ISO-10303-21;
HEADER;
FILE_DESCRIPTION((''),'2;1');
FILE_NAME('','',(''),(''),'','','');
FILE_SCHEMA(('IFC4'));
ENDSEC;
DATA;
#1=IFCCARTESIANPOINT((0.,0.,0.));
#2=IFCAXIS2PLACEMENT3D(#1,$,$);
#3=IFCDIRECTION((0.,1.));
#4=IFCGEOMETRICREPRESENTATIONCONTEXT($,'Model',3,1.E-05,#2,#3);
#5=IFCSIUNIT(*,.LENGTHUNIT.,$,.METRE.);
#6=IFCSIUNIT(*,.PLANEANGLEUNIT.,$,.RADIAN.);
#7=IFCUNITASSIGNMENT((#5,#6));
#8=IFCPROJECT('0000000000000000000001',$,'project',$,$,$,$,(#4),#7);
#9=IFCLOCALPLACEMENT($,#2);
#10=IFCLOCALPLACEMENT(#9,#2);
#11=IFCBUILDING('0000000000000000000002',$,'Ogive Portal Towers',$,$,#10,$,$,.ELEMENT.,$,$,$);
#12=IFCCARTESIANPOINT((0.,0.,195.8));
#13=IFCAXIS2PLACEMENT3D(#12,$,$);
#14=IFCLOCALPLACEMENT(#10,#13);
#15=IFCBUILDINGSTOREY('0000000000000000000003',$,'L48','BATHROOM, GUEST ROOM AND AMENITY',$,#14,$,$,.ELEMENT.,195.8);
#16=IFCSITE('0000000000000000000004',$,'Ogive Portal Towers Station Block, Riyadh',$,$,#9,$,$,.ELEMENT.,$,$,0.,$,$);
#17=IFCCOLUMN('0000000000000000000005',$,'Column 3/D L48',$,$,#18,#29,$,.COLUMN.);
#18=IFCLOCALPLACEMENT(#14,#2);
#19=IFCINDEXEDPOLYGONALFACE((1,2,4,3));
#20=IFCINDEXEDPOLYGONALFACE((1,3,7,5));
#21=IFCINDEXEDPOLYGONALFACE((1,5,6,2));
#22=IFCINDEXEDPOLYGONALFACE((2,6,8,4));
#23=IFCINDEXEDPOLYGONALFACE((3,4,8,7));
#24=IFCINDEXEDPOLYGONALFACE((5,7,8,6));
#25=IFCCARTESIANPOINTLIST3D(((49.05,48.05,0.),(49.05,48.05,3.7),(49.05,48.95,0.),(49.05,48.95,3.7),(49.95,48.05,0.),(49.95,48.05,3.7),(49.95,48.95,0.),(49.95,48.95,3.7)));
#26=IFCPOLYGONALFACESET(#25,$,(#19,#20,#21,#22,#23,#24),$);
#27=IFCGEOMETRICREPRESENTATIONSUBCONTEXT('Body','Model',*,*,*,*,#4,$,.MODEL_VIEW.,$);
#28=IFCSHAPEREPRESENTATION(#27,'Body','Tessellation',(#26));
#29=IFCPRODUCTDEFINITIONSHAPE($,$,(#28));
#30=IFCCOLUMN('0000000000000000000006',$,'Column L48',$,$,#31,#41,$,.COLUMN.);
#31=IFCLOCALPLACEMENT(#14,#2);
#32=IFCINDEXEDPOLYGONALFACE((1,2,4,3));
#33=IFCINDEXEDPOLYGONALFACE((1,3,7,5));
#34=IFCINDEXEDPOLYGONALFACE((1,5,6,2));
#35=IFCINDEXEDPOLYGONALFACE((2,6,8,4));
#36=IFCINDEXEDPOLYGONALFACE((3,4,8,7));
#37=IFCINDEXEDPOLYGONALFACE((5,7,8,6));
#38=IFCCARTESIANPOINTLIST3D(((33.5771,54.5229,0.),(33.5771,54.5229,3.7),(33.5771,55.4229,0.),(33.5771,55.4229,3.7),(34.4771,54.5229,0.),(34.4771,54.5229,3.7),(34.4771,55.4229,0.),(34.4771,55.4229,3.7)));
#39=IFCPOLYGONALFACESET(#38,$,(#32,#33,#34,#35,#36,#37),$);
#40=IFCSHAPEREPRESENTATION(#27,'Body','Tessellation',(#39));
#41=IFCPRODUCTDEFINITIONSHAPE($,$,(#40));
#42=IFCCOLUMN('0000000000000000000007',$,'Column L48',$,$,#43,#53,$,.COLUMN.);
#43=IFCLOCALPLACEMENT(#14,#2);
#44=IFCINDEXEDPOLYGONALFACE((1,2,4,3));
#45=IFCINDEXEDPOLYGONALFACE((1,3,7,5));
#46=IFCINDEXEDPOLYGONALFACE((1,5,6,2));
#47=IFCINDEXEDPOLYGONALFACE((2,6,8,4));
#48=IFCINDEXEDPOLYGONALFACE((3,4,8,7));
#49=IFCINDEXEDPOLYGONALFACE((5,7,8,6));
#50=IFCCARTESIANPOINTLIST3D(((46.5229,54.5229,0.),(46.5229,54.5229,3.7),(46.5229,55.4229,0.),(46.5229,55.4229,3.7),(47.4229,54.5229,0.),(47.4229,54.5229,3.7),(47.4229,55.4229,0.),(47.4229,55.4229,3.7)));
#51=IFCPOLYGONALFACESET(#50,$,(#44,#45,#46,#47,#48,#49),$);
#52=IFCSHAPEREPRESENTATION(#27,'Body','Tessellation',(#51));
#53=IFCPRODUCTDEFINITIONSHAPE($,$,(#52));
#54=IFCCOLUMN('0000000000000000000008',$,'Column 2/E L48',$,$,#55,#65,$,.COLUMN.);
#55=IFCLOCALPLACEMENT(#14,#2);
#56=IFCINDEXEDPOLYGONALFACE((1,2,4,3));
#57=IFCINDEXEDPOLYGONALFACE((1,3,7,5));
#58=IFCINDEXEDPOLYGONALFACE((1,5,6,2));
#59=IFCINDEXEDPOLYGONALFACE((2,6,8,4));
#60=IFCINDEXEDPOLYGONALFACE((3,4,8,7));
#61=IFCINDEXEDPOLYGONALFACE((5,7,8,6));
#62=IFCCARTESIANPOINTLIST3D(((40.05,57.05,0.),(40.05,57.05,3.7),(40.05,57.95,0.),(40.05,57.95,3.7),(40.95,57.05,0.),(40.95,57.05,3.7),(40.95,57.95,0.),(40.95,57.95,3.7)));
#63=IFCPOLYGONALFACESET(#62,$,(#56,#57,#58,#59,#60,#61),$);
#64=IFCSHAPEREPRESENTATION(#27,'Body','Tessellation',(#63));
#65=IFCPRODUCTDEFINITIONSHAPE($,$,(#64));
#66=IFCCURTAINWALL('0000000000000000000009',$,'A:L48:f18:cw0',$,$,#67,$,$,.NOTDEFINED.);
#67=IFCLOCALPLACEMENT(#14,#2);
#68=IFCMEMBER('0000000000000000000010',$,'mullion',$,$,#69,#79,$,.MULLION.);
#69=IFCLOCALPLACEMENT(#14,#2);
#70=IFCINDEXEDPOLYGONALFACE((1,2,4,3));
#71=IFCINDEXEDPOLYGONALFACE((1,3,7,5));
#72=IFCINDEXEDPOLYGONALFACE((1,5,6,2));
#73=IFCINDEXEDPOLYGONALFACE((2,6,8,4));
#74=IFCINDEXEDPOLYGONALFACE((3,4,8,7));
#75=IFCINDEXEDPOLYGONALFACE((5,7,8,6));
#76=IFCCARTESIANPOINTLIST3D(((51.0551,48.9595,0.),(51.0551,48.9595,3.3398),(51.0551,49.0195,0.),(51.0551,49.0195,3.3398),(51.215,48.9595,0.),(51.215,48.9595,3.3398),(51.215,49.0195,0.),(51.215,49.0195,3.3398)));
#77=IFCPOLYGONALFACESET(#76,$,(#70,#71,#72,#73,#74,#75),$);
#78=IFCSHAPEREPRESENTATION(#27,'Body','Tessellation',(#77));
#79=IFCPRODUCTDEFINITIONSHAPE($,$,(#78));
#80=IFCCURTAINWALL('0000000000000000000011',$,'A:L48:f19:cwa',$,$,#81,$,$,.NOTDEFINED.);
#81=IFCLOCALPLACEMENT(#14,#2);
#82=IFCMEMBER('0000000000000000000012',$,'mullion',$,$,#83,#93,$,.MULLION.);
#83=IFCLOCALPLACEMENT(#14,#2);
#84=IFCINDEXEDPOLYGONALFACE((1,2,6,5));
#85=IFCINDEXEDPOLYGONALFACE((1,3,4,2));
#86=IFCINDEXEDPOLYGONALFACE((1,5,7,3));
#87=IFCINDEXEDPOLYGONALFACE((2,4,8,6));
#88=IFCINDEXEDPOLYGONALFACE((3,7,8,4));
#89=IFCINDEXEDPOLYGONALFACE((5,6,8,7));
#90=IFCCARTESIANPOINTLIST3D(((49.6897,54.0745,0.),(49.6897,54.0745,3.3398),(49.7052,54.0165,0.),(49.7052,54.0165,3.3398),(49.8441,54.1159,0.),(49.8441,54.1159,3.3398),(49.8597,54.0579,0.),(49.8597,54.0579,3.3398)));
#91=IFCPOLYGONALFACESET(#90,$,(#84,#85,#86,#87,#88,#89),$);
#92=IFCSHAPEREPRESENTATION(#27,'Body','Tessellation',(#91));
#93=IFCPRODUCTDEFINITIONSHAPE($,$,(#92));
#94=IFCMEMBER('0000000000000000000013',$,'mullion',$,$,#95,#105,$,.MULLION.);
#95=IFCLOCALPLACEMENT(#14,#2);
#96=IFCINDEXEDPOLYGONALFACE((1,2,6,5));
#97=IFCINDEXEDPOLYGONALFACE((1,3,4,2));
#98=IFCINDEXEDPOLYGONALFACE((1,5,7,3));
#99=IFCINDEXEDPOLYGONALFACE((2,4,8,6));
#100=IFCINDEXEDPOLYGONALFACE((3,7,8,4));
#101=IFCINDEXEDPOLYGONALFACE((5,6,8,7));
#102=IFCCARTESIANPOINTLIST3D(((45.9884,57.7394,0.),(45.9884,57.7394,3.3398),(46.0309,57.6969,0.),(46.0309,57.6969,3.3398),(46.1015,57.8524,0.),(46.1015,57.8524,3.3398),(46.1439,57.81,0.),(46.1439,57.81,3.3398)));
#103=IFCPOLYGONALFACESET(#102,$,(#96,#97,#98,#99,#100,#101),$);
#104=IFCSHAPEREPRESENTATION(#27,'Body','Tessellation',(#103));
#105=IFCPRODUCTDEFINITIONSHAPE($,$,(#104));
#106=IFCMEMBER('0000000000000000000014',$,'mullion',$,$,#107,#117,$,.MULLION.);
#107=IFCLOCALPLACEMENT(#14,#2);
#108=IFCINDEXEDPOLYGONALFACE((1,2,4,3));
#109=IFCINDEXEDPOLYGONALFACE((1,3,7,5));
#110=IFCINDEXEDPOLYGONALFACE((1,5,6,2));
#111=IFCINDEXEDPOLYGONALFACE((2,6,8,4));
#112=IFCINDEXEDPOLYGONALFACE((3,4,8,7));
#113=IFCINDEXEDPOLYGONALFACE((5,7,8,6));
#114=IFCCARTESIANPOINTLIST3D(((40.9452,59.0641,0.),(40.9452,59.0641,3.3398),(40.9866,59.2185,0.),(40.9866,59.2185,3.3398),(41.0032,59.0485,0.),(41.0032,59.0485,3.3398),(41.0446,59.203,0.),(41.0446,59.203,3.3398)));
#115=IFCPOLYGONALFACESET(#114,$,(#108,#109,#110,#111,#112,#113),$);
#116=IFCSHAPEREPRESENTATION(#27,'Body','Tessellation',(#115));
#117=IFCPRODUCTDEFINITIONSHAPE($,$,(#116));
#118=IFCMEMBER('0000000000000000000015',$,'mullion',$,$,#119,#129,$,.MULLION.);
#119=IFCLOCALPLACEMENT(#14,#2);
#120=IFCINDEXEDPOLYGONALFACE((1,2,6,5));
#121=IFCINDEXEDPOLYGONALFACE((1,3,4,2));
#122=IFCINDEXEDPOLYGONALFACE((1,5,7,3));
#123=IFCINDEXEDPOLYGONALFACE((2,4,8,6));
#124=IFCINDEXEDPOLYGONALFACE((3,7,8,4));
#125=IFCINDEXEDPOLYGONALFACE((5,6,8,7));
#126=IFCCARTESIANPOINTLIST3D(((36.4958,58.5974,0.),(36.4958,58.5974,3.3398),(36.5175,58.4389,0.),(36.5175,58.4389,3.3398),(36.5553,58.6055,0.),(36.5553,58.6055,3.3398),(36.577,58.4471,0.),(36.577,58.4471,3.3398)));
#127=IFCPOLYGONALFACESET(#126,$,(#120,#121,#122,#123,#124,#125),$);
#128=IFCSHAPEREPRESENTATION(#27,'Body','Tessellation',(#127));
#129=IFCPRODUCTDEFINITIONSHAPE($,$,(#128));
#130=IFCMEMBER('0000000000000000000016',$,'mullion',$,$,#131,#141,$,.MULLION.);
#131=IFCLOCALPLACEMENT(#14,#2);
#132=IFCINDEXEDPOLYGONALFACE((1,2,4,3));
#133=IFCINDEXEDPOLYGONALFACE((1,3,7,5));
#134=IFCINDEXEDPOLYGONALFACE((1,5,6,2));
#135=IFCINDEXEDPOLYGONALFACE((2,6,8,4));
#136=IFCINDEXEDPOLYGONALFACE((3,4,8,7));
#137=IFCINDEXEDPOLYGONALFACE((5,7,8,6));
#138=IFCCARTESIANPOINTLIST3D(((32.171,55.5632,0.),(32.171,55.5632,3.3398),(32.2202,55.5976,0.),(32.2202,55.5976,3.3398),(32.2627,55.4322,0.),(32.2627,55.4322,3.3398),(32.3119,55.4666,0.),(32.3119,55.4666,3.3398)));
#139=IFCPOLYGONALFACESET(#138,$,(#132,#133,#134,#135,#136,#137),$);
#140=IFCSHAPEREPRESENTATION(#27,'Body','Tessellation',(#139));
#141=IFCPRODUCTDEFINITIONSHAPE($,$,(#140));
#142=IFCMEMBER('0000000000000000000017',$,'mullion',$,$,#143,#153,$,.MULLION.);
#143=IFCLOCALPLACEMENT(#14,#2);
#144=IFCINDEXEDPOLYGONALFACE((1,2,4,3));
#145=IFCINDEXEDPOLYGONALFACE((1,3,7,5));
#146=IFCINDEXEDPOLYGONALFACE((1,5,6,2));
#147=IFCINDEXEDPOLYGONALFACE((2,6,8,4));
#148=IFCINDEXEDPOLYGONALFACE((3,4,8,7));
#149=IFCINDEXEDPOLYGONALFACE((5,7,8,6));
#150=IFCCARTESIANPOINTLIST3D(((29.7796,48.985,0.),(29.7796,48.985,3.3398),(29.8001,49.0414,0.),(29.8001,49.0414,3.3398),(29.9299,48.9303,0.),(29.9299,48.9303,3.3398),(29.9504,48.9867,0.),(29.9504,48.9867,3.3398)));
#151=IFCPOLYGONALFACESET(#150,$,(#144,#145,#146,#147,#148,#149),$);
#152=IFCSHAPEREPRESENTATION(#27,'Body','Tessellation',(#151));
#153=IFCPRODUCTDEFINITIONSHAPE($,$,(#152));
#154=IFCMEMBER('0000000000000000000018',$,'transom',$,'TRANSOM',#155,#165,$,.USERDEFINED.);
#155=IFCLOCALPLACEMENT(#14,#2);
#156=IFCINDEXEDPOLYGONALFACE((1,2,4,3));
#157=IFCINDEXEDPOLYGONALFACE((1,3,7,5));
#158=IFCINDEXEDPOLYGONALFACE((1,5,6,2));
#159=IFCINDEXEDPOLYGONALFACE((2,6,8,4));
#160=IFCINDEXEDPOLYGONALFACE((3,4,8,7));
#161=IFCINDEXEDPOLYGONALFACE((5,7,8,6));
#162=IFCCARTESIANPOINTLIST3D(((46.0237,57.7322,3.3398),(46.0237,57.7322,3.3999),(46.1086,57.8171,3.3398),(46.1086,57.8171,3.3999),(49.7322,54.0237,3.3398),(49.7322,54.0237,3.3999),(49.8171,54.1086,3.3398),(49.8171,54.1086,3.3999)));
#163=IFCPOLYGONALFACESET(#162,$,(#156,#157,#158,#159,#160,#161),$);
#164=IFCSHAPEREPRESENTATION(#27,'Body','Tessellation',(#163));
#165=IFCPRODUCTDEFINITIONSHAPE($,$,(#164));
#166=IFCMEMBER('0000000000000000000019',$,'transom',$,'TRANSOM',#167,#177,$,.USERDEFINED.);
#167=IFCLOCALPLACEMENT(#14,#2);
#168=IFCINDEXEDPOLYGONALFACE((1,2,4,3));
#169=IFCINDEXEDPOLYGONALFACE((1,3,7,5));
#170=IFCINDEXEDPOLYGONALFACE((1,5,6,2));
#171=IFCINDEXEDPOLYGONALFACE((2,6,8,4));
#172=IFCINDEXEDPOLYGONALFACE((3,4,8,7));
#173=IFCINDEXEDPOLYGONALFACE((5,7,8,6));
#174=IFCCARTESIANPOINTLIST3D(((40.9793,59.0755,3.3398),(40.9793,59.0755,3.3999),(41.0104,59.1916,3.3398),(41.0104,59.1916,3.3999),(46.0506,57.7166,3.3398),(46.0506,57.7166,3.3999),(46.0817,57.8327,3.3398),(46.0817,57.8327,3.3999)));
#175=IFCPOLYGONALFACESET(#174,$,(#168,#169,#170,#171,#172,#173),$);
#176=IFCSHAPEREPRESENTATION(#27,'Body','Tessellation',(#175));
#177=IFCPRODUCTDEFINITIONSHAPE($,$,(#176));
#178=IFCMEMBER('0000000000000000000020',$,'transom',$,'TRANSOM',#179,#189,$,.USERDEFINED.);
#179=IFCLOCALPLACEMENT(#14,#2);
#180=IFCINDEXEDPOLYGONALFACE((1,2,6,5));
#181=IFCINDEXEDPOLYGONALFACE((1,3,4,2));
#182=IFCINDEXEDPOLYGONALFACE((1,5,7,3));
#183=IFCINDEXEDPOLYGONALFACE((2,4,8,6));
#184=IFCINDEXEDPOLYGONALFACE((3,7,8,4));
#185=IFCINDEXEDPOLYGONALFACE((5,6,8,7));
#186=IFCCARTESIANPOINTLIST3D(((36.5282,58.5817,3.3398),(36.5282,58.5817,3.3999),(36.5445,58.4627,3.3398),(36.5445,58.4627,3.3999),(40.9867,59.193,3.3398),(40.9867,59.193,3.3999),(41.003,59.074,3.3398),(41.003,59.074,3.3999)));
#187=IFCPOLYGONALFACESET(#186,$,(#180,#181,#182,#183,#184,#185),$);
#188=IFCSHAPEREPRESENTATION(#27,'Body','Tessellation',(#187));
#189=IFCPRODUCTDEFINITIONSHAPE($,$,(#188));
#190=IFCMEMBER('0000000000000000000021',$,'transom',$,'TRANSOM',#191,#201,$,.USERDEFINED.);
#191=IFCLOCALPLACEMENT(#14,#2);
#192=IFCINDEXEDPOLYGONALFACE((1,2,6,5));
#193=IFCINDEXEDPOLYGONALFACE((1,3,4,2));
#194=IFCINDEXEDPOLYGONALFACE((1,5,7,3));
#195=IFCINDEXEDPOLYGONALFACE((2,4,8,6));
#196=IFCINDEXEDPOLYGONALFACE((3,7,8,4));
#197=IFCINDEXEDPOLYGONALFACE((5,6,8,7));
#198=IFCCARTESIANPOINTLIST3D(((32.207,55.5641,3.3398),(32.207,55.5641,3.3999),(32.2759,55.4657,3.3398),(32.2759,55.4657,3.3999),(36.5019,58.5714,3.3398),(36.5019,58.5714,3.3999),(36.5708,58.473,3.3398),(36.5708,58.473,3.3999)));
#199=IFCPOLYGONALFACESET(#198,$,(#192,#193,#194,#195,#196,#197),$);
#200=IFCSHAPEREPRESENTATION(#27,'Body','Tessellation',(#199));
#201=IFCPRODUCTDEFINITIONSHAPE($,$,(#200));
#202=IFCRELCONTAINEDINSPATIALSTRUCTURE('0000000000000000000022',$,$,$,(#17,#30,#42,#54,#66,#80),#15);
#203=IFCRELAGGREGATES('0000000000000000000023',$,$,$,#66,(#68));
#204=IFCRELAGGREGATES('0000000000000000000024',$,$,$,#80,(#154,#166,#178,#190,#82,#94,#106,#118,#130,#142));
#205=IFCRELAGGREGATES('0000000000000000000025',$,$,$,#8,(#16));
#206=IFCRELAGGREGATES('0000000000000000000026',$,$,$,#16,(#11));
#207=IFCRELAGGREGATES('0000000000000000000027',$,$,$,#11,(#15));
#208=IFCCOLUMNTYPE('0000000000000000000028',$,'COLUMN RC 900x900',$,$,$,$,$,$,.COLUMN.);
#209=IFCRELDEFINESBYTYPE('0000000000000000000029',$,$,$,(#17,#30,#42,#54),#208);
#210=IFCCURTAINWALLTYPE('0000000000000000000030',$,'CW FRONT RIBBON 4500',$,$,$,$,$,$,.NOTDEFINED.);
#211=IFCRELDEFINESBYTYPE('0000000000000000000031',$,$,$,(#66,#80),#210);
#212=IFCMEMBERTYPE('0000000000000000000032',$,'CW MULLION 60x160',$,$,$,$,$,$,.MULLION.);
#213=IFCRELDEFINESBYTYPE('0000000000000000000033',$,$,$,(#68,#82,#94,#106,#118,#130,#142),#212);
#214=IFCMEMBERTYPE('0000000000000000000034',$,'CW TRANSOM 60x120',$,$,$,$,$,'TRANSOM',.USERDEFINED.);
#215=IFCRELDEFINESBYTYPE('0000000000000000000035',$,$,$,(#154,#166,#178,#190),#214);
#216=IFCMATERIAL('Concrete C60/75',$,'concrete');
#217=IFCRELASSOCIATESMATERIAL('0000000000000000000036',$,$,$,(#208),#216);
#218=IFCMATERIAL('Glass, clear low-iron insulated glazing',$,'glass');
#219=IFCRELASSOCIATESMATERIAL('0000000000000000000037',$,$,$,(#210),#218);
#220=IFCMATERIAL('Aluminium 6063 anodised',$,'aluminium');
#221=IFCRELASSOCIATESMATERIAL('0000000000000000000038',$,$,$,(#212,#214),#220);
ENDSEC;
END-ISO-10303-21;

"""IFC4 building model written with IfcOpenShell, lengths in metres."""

from ifc_helpers import new_model, si_unit, direction, frame, origin, origin_2d, place, context, subcontext, project, spatial, rectangle, extrude, material, material_profile, profile_set, type_object, element, aggregate, save


model = new_model("IFC4")

# Units and contexts
model_context = context("Model", 3, precision=1e-05, world=origin(), true_north=direction((0.0, 1.0)))
body_context = subcontext(model_context, "Body", "Model", "MODEL_VIEW")
ifc_project = project(units=[si_unit("LENGTHUNIT", "METRE"), si_unit("PLANEANGLEUNIT", "RADIAN")], contexts=[model_context])

# Site, building, storey
site_placement = place(None, origin())
site = spatial("IfcSite", under=ifc_project, at=site_placement, Name="Ogive Portal Towers Station Block, Riyadh", CompositionType="ELEMENT", RefElevation=0.0)
building_placement = place(site_placement, origin())
building = spatial("IfcBuilding", under=site, at=building_placement, Name="Ogive Portal Towers", CompositionType="ELEMENT")
storey_placement = place(building_placement, frame((0.0, 0.0, 195.8)))
storey = spatial("IfcBuildingStorey", under=building, at=storey_placement, Name="L48", Description="BATHROOM, GUEST ROOM AND AMENITY", CompositionType="ELEMENT", Elevation=195.8)

# Columns
ifc_material_1 = material(Name="Concrete C60/75", Category="concrete")
ifc_material_profile_1 = material_profile(ifc_material_1, rectangle(XDim=0.8999, YDim=0.8999, at=origin_2d()), Name="RC 900x900")
ifc_profile_set_1 = profile_set([ifc_material_profile_1], Name="Concrete C60/75")
column_type = type_object("IfcColumnType", Name="COLUMN RC 900x900", PredefinedType="COLUMN", material=ifc_profile_set_1)
for number, where, z_axis, x_axis, name in (
    (1, (49.5, 48.5, 0.0), (0.0, 0.0, 1.0), (1.0, 0.0, 0.0), "Column 3/D L48"),
    (2, (34.0271, 54.9729, 0.0), (0.0, 0.0, 1.0), (1.0, 0.0, 0.0), "Column L48"),
    (3, (46.9729, 54.9729, 0.0), (0.0, 0.0, 1.0), (1.0, 0.0, 0.0), "Column L48"),
    (4, (40.5, 57.5, 0.0), (0.0, 0.0, 1.0), (1.0, 0.0, 0.0), "Column 2/E L48"),
):
    element("IfcColumn", number, at=place(storey_placement, frame(where, z_axis=z_axis, x_axis=x_axis)), inside=storey, type_object=column_type, Name=name, PredefinedType="COLUMN", context=body_context, shape_type="SweptSolid", body=[
        extrude(rectangle(XDim=0.8999, YDim=0.8999, at=origin_2d()), origin(), (0.0, 0.0, 1.0), 3.7),
    ])

# Curtain wall, member
ifc_material_2 = material(Name="Glass, clear low-iron insulated glazing", Category="glass")
curtain_wall_type = type_object("IfcCurtainWallType", Name="CW FRONT RIBBON 4500", PredefinedType="NOTDEFINED", material=ifc_material_2)
curtain_wall_1_placement = place(storey_placement, origin())
curtain_wall_1 = element("IfcCurtainWall", 5, at=curtain_wall_1_placement, inside=storey, type_object=curtain_wall_type, Name="A:L48:f18:cw0", PredefinedType="NOTDEFINED")
ifc_material_3 = material(Name="Aluminium 6063 anodised", Category="aluminium")
ifc_material_profile_2 = material_profile(ifc_material_3, rectangle(XDim=0.1599, YDim=0.0601, at=origin_2d()), Name="AL 60x160")
ifc_profile_set_2 = profile_set([ifc_material_profile_2], Name="Aluminium 6063 anodised")
member_type_1 = type_object("IfcMemberType", Name="CW MULLION 60x160", PredefinedType="MULLION", material=ifc_profile_set_2)
member_1_placement = place(storey_placement, frame((51.135, 48.9895, 0.0), z_axis=(0.0, 0.0, 1.0), x_axis=(-1.0, 0.0, 0.0)))
member_1 = element("IfcMember", 6, at=member_1_placement, type_object=member_type_1, Name="mullion", PredefinedType="MULLION", context=body_context, shape_type="SweptSolid", body=[
    extrude(rectangle(XDim=0.1599, YDim=0.0601, at=origin_2d()), origin(), (0.0, 0.0, 1.0), 3.3398),
])
aggregate(curtain_wall_1, [member_1])

# Curtain wall, members
curtain_wall_2_placement = place(storey_placement, origin())
curtain_wall_2 = element("IfcCurtainWall", 7, at=curtain_wall_2_placement, inside=storey, type_object=curtain_wall_type, Name="A:L48:f19:cwa", PredefinedType="NOTDEFINED")
member_2_placement = place(storey_placement, frame((49.7747, 54.0662, 0.0), z_axis=(0.0, 0.0, 1.0), x_axis=(-0.965926, -0.258819, 0.0)))
member_2 = element("IfcMember", 8, at=member_2_placement, type_object=member_type_1, Name="mullion", PredefinedType="MULLION", context=body_context, shape_type="SweptSolid", body=[
    extrude(rectangle(XDim=0.1599, YDim=0.0601, at=origin_2d()), origin(), (0.0, 0.0, 1.0), 3.3398),
])
member_3_placement = place(storey_placement, frame((46.0662, 57.7747, 0.0), z_axis=(0.0, 0.0, 1.0), x_axis=(-0.707107, -0.707107, 0.0)))
member_3 = element("IfcMember", 9, at=member_3_placement, type_object=member_type_1, Name="mullion", PredefinedType="MULLION", context=body_context, shape_type="SweptSolid", body=[
    extrude(rectangle(XDim=0.1599, YDim=0.0601, at=origin_2d()), origin(), (0.0, 0.0, 1.0), 3.3398),
])
member_4_placement = place(storey_placement, frame((40.9949, 59.1335, 0.0), z_axis=(0.0, 0.0, 1.0), x_axis=(-0.258819, -0.965926, 0.0)))
member_4 = element("IfcMember", 10, at=member_4_placement, type_object=member_type_1, Name="mullion", PredefinedType="MULLION", context=body_context, shape_type="SweptSolid", body=[
    extrude(rectangle(XDim=0.1599, YDim=0.0601, at=origin_2d()), origin(), (0.0, 0.0, 1.0), 3.3398),
])
member_5_placement = place(storey_placement, frame((36.5364, 58.5222, 0.0), z_axis=(0.0, 0.0, 1.0), x_axis=(0.135818, -0.990734, 0.0)))
member_5 = element("IfcMember", 11, at=member_5_placement, type_object=member_type_1, Name="mullion", PredefinedType="MULLION", context=body_context, shape_type="SweptSolid", body=[
    extrude(rectangle(XDim=0.1599, YDim=0.0601, at=origin_2d()), origin(), (0.0, 0.0, 1.0), 3.3398),
])
member_6_placement = place(storey_placement, frame((32.2415, 55.5149, 0.0), z_axis=(0.0, 0.0, 1.0), x_axis=(0.573576, -0.819152, 0.0)))
member_6 = element("IfcMember", 12, at=member_6_placement, type_object=member_type_1, Name="mullion", PredefinedType="MULLION", context=body_context, shape_type="SweptSolid", body=[
    extrude(rectangle(XDim=0.1599, YDim=0.0601, at=origin_2d()), origin(), (0.0, 0.0, 1.0), 3.3398),
])
member_7_placement = place(storey_placement, frame((29.865, 48.9858, 0.0), z_axis=(0.0, 0.0, 1.0), x_axis=(0.939693, -0.34202, 0.0)))
member_7 = element("IfcMember", 13, at=member_7_placement, type_object=member_type_1, Name="mullion", PredefinedType="MULLION", context=body_context, shape_type="SweptSolid", body=[
    extrude(rectangle(XDim=0.1599, YDim=0.0601, at=origin_2d()), origin(), (0.0, 0.0, 1.0), 3.3398),
])
ifc_material_profile_3 = material_profile(ifc_material_3, rectangle(XDim=0.1201, YDim=0.0601, at=origin_2d()), Name="AL 120x60")
ifc_profile_set_3 = profile_set([ifc_material_profile_3], Name="Aluminium 6063 anodised")
member_type_2 = type_object("IfcMemberType", Name="CW TRANSOM 60x120", ElementType="TRANSOM", PredefinedType="USERDEFINED", material=ifc_profile_set_3)
member_8_placement = place(storey_placement, frame((49.7747, 54.0662, 3.3699), z_axis=(-0.707107, 0.707107, 0.0), x_axis=(-0.707107, -0.707107, 0.0)))
member_8 = element("IfcMember", 14, at=member_8_placement, type_object=member_type_2, Name="transom", ObjectType="TRANSOM", PredefinedType="USERDEFINED", context=body_context, shape_type="SweptSolid", body=[
    extrude(rectangle(XDim=0.1201, YDim=0.0601, at=origin_2d()), origin(), (0.0, 0.0, 1.0), 5.2446),
])
member_9_placement = place(storey_placement, frame((46.0662, 57.7747, 3.3699), z_axis=(-0.965924, 0.258826, 0.0), x_axis=(-0.258826, -0.965924, 0.0)))
member_9 = element("IfcMember", 15, at=member_9_placement, type_object=member_type_2, Name="transom", ObjectType="TRANSOM", PredefinedType="USERDEFINED", context=body_context, shape_type="SweptSolid", body=[
    extrude(rectangle(XDim=0.1201, YDim=0.0601, at=origin_2d()), origin(), (0.0, 0.0, 1.0), 5.2502),
])
member_10_placement = place(storey_placement, frame((40.9949, 59.1335, 3.3699), z_axis=(-0.99073, -0.135844, 0.0), x_axis=(0.135844, -0.99073, 0.0)))
member_10 = element("IfcMember", 16, at=member_10_placement, type_object=member_type_2, Name="transom", ObjectType="TRANSOM", PredefinedType="USERDEFINED", context=body_context, shape_type="SweptSolid", body=[
    extrude(rectangle(XDim=0.1201, YDim=0.0601, at=origin_2d()), origin(), (0.0, 0.0, 1.0), 4.5002),
])
member_11_placement = place(storey_placement, frame((36.5364, 58.5222, 3.3699), z_axis=(-0.819153, -0.573575, 0.0), x_axis=(0.573575, -0.819153, 0.0)))
member_11 = element("IfcMember", 17, at=member_11_placement, type_object=member_type_2, Name="transom", ObjectType="TRANSOM", PredefinedType="USERDEFINED", context=body_context, shape_type="SweptSolid", body=[
    extrude(rectangle(XDim=0.1201, YDim=0.0601, at=origin_2d()), origin(), (0.0, 0.0, 1.0), 5.2432),
])
aggregate(curtain_wall_2, [member_8, member_9, member_10, member_11, member_2, member_3, member_4, member_5, member_6, member_7])

save(model, "model.ifc")
